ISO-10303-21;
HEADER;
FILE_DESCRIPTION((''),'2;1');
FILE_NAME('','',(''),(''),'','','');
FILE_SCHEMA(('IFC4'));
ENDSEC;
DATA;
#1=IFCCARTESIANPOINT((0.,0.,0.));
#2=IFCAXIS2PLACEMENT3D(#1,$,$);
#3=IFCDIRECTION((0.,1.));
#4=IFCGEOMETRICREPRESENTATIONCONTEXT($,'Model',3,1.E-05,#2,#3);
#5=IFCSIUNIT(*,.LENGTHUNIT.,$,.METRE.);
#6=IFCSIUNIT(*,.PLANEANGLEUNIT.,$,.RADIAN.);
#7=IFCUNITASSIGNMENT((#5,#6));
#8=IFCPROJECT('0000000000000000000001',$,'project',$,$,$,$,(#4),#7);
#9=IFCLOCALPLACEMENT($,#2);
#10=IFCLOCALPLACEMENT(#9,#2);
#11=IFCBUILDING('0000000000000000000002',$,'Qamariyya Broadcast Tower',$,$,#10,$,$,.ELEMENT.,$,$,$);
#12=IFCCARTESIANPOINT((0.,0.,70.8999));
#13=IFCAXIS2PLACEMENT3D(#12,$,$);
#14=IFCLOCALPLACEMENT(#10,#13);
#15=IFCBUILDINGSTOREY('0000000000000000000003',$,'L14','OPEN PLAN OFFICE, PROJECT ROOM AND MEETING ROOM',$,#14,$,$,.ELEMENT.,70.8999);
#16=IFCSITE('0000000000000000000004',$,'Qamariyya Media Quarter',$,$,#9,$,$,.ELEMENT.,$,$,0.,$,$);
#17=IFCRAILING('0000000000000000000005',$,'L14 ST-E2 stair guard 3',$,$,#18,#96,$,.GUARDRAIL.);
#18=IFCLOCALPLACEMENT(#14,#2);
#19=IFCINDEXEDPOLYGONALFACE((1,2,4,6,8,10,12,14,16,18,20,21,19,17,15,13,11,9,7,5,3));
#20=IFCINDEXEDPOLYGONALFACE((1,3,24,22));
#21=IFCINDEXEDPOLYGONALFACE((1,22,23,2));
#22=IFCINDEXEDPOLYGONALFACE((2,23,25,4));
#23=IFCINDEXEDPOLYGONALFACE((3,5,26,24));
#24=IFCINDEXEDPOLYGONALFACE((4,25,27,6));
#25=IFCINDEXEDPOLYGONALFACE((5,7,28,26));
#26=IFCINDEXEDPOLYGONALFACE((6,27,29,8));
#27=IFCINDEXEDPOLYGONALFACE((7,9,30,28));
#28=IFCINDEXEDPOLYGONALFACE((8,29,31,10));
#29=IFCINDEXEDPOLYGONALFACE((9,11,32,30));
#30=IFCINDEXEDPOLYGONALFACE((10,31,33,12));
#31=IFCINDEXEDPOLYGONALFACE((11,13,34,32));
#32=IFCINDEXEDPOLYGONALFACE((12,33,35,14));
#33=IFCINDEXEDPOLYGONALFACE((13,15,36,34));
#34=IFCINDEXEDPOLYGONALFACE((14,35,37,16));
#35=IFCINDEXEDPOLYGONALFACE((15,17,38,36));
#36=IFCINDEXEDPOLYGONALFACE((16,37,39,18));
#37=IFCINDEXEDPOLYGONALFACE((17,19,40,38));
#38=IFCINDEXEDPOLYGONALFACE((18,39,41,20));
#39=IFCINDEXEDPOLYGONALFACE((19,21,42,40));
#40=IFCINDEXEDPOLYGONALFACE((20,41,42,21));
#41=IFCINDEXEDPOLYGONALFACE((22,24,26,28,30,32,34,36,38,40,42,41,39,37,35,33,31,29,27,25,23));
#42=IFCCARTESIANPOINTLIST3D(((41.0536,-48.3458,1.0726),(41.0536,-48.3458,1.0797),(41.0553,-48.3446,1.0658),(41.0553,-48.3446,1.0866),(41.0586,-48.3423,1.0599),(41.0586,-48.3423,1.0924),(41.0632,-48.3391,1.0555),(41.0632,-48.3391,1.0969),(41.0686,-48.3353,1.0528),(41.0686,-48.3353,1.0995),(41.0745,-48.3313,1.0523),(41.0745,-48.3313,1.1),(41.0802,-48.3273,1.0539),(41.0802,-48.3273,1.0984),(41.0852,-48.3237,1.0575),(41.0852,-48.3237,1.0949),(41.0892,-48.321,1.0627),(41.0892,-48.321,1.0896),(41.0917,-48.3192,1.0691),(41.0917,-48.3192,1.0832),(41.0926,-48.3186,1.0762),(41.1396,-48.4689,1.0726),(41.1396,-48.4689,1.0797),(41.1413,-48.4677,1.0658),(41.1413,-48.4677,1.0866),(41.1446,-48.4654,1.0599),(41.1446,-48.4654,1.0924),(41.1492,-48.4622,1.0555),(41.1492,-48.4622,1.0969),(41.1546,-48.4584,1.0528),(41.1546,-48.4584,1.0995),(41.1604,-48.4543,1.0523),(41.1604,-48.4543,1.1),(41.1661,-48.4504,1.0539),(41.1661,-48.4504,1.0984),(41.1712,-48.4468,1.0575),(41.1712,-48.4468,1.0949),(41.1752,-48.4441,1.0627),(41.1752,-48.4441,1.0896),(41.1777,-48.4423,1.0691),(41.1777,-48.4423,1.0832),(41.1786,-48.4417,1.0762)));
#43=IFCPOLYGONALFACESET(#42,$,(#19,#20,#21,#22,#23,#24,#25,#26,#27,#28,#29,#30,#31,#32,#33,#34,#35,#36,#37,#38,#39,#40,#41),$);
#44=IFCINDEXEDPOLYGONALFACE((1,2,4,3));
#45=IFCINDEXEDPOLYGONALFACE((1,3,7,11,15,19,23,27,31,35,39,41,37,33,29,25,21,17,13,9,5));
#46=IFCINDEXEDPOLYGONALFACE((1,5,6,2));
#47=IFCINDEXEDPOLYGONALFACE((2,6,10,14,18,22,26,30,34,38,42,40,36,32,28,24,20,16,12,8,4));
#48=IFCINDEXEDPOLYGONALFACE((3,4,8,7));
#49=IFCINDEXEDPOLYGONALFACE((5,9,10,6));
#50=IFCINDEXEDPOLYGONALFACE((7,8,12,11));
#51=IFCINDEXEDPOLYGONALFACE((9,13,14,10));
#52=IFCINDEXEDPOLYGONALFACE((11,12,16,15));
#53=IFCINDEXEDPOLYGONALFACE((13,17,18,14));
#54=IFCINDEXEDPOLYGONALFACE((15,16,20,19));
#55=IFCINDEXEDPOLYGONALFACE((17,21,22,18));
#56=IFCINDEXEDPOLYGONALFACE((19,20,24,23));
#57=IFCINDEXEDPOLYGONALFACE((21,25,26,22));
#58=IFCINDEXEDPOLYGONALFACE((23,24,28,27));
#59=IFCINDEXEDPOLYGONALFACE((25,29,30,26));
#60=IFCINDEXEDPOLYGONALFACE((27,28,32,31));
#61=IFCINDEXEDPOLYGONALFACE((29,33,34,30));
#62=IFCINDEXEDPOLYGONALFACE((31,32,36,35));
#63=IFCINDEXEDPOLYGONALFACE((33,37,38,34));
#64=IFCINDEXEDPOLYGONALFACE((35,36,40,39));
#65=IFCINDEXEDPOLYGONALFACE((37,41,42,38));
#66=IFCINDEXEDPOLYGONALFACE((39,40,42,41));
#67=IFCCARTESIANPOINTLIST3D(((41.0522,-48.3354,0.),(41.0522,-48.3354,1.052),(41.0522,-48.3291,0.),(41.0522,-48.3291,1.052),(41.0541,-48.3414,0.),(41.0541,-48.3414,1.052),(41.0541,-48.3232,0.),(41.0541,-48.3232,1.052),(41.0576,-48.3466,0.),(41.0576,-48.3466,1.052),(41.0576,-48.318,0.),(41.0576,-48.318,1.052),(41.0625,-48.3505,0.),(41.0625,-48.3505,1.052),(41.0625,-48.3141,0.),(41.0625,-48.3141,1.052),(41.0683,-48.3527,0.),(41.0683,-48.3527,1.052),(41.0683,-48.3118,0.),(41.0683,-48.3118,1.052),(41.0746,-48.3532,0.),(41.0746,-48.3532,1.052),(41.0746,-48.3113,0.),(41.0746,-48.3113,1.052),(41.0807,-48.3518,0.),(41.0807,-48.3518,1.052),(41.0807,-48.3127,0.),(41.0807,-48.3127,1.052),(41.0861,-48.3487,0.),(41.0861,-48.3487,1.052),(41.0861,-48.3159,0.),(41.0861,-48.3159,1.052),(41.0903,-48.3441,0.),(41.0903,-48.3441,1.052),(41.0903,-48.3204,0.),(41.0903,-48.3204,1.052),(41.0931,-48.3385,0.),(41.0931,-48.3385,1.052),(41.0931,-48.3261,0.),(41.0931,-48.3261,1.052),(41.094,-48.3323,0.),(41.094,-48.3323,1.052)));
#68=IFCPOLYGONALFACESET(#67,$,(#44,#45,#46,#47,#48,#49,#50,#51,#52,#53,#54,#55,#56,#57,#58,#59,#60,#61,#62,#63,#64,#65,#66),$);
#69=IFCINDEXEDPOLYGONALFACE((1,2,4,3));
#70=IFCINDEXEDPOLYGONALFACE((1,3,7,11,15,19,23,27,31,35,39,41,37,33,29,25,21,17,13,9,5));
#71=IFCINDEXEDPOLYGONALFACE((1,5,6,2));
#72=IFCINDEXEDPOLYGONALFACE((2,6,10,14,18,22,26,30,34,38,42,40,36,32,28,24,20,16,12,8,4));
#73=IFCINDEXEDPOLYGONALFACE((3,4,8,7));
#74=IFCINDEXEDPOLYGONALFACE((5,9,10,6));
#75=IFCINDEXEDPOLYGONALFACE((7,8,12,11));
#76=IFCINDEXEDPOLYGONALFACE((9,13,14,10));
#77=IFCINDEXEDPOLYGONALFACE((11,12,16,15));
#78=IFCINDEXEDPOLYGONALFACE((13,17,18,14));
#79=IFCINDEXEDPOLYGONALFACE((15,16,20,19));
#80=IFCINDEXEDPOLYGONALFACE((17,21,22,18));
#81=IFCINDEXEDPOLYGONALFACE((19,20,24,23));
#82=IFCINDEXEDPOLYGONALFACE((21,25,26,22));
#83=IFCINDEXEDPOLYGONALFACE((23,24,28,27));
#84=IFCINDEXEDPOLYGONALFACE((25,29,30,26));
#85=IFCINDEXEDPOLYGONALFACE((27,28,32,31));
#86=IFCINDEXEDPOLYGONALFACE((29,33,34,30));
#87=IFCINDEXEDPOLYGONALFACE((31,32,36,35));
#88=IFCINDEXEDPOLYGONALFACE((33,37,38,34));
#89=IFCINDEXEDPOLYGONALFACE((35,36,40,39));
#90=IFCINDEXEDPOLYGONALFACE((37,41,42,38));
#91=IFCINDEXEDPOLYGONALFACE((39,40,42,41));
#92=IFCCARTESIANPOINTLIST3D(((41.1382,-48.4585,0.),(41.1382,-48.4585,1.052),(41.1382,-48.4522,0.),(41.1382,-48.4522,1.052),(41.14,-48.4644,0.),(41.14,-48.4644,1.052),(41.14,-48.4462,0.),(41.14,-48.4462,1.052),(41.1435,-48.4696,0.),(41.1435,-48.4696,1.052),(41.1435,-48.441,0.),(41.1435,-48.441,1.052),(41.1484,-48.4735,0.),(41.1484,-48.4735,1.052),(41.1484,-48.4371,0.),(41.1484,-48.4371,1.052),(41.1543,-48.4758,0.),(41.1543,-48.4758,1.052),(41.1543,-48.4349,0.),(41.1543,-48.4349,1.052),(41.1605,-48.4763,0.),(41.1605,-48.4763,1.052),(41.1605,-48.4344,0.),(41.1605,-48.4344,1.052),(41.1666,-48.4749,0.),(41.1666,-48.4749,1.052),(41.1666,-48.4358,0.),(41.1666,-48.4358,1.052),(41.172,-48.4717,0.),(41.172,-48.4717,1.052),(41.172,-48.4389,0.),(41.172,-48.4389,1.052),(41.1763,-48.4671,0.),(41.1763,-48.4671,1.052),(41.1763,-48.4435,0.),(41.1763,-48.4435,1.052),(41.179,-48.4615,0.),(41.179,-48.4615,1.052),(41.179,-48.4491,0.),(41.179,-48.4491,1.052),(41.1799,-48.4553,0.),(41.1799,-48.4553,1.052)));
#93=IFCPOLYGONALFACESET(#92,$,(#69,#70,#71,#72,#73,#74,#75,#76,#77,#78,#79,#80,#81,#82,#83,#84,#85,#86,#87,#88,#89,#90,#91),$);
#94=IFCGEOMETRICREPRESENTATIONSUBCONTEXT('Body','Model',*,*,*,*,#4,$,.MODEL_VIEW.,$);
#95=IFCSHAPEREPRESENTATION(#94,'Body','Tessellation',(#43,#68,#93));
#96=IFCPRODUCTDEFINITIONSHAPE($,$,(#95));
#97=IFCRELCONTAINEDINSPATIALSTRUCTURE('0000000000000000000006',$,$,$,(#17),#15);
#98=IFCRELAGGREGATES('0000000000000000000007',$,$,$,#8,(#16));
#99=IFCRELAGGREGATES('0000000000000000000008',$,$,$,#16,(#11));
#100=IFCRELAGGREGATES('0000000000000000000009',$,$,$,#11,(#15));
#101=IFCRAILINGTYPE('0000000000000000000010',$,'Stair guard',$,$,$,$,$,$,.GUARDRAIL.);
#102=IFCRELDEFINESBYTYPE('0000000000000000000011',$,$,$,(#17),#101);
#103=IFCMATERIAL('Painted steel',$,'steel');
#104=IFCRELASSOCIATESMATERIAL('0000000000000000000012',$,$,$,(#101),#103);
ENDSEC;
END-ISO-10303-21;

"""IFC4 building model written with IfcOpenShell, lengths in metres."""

from ifc_helpers import new_model, si_unit, direction, frame, origin, origin_2d, place, context, subcontext, project, spatial, circle, extrude, material, type_object, element, save


model = new_model("IFC4")

# Units and contexts
model_context = context("Model", 3, precision=1e-05, world=origin(), true_north=direction((0.0, 1.0)))
body_context = subcontext(model_context, "Body", "Model", "MODEL_VIEW")
ifc_project = project(units=[si_unit("LENGTHUNIT", "METRE"), si_unit("PLANEANGLEUNIT", "RADIAN")], contexts=[model_context])

# Site, building, storey
site_placement = place(None, origin())
site = spatial("IfcSite", under=ifc_project, at=site_placement, Name="Qamariyya Media Quarter", CompositionType="ELEMENT", RefElevation=0.0)
building_placement = place(site_placement, origin())
building = spatial("IfcBuilding", under=site, at=building_placement, Name="Qamariyya Broadcast Tower", CompositionType="ELEMENT")
storey_placement = place(building_placement, frame((0.0, 0.0, 70.8999)))
storey = spatial("IfcBuildingStorey", under=building, at=storey_placement, Name="L14", Description="OPEN PLAN OFFICE, PROJECT ROOM AND MEETING ROOM", CompositionType="ELEMENT", Elevation=70.8999)

# Railing
ifc_material_1 = material(Name="Painted steel", Category="steel")
railing_type_1 = type_object("IfcRailingType", Name="Stair guard", PredefinedType="GUARDRAIL", material=ifc_material_1)
railing_1_placement = place(storey_placement, frame((41.073, -48.3323, 0.0)))
element("IfcRailing", 1, at=railing_1_placement, inside=storey, type_object=railing_type_1, Name="L14 ST-E2 stair guard 3", PredefinedType="GUARDRAIL", context=body_context, shape_type="SweptSolid", body=[
    extrude(circle(Radius=0.0239, at=origin_2d()), frame((0.0, 0.0, 1.0762), z_axis=(0.572589, -0.819843, 0.0), x_axis=(0.819843, 0.572589, 0.0)), (0.0, 0.0, 1.0), 0.1501),
    extrude(circle(Radius=0.021, at=origin_2d()), origin(), (0.0, 0.0, 1.0), 1.052),
    extrude(circle(Radius=0.021, at=origin_2d()), frame((0.0859, -0.123, 0.0)), (0.0, 0.0, 1.0), 1.052),
])

save(model, "model.ifc")
